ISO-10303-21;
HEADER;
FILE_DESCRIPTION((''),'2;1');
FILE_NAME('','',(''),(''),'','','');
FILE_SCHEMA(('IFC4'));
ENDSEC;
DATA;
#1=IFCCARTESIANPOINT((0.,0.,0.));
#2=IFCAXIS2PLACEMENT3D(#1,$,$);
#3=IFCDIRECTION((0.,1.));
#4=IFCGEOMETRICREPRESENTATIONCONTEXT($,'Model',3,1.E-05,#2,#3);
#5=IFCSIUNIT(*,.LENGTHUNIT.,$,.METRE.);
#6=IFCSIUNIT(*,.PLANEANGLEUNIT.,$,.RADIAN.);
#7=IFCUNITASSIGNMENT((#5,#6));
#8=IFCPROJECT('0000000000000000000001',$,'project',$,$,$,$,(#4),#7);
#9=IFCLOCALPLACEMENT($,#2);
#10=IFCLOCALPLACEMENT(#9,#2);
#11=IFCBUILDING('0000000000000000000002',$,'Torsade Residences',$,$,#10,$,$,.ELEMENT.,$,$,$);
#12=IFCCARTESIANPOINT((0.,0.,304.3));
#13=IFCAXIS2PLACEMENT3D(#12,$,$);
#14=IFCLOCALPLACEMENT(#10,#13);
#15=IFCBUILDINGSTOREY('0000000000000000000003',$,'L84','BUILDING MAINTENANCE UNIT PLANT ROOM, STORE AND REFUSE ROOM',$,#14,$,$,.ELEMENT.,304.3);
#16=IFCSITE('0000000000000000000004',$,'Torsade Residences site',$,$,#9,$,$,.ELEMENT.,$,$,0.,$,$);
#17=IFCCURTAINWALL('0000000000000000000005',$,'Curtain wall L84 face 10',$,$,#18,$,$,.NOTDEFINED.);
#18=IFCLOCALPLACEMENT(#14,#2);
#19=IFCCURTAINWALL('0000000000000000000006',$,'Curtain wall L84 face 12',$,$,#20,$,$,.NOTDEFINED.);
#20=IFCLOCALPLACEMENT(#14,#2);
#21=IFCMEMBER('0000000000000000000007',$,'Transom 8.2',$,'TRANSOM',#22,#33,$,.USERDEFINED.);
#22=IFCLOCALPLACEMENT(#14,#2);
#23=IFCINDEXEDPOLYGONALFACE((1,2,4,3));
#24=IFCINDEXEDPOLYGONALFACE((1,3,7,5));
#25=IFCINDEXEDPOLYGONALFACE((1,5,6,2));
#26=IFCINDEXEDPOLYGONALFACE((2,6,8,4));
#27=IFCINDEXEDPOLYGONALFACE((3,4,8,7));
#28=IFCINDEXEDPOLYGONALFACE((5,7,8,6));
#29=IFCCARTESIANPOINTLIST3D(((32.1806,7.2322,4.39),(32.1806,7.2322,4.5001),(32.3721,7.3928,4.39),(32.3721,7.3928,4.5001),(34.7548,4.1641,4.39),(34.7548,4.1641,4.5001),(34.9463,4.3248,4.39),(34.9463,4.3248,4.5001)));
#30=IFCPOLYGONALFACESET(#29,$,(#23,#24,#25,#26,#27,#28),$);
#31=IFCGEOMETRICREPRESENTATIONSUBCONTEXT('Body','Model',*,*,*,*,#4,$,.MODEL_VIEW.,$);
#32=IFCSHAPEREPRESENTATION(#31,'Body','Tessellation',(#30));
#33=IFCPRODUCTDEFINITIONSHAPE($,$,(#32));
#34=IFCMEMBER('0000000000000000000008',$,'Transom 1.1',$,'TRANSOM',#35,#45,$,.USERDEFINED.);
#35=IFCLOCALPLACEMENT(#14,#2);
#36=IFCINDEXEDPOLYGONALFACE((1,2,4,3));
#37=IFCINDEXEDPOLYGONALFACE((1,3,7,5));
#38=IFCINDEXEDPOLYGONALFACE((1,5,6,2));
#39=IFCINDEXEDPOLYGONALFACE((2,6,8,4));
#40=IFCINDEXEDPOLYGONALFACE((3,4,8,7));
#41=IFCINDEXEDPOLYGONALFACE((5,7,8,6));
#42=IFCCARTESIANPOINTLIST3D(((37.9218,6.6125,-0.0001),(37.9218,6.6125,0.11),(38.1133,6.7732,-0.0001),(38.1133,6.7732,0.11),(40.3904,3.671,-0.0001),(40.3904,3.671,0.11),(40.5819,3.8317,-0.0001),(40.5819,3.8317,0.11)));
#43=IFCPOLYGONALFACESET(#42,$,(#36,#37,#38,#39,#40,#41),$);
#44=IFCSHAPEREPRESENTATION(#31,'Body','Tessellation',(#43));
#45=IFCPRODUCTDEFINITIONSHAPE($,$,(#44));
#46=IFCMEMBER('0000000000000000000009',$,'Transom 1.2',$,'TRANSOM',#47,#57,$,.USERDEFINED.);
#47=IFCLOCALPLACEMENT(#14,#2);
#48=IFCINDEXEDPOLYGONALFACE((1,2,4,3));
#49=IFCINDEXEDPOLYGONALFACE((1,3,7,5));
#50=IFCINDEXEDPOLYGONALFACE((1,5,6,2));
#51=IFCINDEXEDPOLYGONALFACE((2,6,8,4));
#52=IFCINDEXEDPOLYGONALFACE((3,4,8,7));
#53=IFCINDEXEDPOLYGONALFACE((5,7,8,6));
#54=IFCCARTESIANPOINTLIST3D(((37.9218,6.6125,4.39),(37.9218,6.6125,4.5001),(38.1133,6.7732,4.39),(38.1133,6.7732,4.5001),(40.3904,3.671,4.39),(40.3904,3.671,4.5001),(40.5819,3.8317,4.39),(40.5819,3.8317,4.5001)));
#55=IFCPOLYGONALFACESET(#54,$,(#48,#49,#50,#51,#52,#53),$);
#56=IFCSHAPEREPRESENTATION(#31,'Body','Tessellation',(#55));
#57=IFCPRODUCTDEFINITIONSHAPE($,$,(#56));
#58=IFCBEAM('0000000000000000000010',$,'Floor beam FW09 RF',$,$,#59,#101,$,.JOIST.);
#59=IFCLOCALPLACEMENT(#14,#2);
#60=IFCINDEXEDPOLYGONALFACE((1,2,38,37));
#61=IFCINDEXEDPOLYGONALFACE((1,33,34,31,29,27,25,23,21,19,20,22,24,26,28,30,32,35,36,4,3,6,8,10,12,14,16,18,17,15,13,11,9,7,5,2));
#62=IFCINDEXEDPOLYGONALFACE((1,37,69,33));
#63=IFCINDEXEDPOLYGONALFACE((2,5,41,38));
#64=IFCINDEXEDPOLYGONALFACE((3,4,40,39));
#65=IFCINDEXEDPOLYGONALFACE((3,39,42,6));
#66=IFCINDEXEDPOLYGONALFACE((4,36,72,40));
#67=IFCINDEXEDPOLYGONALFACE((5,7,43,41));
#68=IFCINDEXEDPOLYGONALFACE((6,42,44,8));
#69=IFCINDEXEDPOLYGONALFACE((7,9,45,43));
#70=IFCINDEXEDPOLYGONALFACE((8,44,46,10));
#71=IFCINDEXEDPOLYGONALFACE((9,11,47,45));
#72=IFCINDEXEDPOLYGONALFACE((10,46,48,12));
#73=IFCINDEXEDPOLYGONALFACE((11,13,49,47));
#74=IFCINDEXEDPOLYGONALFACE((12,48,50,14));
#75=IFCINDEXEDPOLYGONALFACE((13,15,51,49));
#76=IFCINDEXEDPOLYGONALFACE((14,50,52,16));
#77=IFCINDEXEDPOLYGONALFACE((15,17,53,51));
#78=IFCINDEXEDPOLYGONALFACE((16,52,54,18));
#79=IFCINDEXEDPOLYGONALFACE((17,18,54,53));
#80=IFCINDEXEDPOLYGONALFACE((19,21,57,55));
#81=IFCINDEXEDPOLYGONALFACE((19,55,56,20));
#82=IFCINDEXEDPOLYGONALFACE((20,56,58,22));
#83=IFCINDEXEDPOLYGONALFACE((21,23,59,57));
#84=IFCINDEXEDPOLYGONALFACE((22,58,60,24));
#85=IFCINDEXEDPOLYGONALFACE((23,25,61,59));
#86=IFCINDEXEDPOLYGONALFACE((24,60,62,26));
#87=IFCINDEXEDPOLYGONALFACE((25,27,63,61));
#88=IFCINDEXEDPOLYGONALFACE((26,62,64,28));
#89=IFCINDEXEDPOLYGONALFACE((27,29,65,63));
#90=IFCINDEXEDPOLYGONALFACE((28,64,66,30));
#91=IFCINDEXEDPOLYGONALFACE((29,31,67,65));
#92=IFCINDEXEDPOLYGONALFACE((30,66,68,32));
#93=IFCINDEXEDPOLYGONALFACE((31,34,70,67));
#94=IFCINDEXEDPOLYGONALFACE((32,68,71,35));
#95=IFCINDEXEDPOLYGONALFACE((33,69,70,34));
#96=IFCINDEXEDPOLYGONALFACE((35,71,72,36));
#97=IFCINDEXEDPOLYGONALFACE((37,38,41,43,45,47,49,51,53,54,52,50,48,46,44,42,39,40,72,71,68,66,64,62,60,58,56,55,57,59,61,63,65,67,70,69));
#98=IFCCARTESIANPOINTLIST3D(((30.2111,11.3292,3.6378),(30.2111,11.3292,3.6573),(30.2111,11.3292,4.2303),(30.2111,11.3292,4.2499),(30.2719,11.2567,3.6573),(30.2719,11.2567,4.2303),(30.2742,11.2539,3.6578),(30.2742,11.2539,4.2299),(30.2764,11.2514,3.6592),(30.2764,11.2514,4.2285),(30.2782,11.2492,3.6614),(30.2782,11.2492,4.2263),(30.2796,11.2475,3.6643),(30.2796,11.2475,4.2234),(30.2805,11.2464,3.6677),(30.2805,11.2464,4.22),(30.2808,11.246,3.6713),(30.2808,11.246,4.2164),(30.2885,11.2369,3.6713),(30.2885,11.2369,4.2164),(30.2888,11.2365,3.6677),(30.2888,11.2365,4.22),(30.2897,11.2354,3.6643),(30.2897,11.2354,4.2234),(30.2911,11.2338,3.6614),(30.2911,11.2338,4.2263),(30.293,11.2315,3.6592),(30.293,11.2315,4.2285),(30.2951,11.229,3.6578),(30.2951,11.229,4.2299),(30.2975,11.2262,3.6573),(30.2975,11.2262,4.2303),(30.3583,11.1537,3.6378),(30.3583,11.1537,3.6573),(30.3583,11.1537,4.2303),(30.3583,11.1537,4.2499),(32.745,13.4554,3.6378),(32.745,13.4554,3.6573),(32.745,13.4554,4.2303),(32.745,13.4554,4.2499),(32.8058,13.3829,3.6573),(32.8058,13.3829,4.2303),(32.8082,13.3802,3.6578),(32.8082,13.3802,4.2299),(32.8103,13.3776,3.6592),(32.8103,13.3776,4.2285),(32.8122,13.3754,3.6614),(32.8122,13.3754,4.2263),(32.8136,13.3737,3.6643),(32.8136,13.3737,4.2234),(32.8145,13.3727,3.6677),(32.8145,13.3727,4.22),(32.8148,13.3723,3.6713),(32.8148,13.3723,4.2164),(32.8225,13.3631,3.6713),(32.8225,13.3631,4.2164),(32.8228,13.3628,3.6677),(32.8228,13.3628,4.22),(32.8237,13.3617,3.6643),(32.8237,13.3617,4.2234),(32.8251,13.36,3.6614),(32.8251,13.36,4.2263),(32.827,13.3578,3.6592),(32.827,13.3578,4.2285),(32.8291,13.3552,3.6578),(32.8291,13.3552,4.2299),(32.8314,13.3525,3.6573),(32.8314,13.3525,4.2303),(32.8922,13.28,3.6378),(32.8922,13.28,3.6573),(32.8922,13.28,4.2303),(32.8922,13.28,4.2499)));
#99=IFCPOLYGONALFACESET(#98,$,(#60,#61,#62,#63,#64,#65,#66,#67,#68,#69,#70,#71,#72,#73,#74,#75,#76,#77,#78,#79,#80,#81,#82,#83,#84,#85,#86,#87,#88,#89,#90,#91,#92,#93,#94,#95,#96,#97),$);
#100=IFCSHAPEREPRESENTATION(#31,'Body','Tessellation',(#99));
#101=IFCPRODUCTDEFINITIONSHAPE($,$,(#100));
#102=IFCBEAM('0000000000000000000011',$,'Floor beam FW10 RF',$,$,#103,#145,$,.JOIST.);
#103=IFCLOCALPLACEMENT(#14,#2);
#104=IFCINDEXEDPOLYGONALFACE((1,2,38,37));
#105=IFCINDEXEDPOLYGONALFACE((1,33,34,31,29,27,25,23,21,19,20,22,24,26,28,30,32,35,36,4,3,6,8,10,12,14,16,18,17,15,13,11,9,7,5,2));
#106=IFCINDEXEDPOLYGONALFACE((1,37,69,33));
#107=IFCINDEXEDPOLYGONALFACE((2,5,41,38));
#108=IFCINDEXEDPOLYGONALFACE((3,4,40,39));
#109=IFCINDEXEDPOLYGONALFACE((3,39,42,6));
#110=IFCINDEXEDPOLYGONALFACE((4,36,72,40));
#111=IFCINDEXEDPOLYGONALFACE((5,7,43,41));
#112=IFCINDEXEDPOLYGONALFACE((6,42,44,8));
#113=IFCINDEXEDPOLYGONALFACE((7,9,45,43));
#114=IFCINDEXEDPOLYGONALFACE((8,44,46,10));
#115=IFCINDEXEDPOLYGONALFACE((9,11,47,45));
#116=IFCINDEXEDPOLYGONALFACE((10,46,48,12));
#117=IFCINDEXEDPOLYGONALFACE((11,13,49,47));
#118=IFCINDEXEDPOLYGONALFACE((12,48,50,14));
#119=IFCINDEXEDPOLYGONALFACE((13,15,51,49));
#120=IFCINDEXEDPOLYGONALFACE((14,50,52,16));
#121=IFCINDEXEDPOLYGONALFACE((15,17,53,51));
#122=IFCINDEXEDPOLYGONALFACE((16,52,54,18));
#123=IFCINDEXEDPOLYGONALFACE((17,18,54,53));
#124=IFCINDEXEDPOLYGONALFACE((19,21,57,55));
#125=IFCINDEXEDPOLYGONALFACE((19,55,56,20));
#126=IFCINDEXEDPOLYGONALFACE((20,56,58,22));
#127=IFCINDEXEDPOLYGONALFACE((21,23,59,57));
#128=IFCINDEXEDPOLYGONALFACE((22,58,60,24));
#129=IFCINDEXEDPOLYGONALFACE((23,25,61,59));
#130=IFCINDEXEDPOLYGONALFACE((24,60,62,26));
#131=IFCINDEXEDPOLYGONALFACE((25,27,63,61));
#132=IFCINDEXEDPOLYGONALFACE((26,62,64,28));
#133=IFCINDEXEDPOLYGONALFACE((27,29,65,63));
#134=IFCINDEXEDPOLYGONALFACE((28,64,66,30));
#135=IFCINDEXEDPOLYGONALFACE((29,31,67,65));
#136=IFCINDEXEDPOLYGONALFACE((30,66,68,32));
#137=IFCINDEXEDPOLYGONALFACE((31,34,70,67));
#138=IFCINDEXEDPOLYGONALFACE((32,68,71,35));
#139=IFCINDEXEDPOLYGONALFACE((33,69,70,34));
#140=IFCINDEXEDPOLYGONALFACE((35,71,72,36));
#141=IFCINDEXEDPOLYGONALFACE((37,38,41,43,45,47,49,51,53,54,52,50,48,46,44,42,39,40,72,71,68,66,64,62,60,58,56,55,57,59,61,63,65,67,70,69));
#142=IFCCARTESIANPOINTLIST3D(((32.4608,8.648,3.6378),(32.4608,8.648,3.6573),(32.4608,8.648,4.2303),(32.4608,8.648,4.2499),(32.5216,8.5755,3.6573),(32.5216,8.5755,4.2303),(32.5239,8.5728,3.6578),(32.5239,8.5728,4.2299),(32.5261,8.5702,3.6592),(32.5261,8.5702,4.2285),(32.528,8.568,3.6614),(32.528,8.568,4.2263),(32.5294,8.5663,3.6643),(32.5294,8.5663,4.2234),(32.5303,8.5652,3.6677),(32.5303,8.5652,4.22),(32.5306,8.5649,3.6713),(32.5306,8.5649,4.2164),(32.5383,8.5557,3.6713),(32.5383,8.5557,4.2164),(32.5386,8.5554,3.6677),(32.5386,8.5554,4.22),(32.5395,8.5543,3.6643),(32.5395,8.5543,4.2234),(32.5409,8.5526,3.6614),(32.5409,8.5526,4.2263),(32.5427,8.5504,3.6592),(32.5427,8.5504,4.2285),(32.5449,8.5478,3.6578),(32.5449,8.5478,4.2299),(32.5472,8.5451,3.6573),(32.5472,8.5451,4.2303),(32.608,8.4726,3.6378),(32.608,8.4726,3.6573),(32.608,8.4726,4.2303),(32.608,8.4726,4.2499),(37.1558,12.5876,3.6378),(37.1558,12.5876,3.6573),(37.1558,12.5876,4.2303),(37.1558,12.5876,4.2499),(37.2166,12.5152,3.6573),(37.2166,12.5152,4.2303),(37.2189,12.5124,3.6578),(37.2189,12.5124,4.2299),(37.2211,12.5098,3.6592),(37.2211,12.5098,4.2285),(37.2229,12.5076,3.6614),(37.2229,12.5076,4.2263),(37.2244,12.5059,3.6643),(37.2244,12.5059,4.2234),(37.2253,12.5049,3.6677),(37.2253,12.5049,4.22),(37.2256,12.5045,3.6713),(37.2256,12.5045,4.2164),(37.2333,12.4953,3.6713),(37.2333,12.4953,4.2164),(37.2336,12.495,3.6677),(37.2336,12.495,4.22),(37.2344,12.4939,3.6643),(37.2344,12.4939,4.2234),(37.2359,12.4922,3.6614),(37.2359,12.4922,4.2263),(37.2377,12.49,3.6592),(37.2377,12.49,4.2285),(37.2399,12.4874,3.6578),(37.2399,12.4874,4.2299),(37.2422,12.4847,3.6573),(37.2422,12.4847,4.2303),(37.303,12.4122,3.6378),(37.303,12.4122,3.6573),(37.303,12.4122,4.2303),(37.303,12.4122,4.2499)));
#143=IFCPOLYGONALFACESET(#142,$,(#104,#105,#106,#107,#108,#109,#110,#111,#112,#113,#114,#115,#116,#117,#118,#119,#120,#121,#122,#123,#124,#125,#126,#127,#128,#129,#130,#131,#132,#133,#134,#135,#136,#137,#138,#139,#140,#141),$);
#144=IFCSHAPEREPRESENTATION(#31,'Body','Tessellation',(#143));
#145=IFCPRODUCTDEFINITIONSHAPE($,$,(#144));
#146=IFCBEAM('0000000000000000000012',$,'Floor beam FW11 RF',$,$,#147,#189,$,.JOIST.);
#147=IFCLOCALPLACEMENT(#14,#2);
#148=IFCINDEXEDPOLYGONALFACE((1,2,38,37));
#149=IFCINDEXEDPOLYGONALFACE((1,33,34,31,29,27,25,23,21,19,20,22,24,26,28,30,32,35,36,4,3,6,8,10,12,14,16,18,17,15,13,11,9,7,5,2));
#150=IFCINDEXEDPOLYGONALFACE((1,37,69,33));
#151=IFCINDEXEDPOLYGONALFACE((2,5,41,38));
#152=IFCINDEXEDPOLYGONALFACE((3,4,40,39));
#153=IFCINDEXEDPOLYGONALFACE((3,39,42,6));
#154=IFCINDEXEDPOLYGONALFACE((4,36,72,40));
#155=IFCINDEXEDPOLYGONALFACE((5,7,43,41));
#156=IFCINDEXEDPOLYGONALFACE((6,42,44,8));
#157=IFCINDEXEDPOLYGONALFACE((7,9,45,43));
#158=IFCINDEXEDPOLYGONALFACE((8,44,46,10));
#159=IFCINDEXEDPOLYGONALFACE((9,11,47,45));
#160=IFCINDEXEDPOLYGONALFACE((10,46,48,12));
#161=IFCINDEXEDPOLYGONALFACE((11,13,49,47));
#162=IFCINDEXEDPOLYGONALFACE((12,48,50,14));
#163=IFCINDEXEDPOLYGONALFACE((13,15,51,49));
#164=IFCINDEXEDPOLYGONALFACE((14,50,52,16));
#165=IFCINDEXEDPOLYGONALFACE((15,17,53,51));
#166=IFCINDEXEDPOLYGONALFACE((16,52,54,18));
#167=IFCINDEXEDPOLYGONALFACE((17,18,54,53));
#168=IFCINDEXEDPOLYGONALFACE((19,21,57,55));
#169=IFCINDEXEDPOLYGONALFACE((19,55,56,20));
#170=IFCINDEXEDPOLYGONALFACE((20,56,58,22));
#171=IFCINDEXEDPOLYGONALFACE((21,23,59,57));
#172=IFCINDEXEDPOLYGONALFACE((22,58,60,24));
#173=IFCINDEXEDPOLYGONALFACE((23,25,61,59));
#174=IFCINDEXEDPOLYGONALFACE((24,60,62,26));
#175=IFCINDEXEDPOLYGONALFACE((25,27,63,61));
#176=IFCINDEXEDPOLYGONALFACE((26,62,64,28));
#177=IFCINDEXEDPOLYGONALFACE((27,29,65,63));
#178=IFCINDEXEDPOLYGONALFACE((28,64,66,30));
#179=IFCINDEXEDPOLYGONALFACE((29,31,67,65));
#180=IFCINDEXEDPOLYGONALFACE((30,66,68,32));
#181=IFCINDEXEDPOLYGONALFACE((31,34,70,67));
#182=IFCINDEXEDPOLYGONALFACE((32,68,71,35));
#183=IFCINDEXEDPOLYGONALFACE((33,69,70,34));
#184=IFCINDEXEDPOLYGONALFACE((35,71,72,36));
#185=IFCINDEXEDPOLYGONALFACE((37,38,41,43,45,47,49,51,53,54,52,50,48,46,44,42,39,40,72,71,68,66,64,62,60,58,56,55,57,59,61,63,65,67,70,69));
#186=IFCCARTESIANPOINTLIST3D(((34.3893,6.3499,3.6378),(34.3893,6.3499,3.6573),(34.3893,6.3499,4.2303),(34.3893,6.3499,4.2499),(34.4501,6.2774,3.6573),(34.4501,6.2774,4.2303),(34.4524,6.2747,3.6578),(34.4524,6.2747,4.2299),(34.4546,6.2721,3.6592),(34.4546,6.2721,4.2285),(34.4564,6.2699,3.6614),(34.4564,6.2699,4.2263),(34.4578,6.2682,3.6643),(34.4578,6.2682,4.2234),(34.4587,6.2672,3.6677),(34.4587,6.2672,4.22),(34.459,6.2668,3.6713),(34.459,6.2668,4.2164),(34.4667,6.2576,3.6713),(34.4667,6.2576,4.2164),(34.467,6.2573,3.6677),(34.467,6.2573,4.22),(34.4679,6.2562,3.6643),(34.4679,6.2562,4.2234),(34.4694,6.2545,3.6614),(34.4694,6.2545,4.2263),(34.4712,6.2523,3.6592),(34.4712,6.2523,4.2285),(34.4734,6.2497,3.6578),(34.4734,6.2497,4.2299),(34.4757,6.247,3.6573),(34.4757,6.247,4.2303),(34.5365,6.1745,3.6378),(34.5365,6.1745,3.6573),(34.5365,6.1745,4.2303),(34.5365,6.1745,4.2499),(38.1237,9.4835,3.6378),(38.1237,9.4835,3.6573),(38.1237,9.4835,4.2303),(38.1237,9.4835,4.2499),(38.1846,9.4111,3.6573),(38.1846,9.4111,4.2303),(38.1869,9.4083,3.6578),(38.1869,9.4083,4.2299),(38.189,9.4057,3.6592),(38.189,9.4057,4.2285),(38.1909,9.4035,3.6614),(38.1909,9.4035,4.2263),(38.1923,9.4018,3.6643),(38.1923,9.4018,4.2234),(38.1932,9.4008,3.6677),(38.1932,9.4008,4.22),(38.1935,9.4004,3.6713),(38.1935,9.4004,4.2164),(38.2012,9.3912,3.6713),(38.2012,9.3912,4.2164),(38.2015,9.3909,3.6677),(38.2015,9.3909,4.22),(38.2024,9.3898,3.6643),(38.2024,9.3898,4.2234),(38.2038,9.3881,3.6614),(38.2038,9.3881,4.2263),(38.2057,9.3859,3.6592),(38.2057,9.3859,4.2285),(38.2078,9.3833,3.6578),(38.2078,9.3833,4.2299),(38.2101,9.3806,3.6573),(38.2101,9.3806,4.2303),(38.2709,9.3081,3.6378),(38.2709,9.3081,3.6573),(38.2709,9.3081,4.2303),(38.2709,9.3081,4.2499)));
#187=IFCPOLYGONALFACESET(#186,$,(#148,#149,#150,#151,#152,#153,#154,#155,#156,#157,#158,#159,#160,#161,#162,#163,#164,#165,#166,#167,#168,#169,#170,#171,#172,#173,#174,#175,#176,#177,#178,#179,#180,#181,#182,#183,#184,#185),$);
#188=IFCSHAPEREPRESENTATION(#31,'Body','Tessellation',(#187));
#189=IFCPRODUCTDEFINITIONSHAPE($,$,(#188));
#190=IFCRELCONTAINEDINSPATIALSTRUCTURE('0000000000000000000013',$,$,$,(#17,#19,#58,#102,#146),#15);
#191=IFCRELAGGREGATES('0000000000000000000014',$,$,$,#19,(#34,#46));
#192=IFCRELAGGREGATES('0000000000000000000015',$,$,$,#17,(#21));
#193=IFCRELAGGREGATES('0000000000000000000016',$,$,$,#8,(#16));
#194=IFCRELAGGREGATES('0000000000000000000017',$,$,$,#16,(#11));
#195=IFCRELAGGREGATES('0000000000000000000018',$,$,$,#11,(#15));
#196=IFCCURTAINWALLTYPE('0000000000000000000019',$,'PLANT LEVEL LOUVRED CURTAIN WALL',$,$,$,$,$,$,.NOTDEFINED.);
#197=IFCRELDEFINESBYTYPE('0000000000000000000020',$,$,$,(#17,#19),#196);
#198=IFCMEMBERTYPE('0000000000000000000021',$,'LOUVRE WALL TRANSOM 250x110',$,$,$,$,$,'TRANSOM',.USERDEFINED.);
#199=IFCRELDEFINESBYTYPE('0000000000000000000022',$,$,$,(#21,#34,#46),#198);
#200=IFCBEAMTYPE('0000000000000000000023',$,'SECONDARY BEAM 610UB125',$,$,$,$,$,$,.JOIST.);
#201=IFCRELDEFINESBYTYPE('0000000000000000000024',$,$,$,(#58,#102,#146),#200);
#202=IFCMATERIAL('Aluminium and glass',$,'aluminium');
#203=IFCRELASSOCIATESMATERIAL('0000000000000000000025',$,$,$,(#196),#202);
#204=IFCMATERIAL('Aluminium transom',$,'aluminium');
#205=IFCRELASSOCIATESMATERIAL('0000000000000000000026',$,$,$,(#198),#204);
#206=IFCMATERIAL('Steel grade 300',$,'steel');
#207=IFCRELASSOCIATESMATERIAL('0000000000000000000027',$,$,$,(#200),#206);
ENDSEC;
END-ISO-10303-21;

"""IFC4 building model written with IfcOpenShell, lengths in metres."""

from ifc_helpers import new_model, si_unit, direction, frame, origin, origin_2d, place, context, subcontext, project, spatial, rectangle, i_section, extrude, material, material_profile, profile_set, type_object, element, aggregate, save


model = new_model("IFC4")

# Units and contexts
model_context = context("Model", 3, precision=1e-05, world=origin(), true_north=direction((0.0, 1.0)))
body_context = subcontext(model_context, "Body", "Model", "MODEL_VIEW")
ifc_project = project(units=[si_unit("LENGTHUNIT", "METRE"), si_unit("PLANEANGLEUNIT", "RADIAN")], contexts=[model_context])

# Site, building, storey
site_placement = place(None, origin())
site = spatial("IfcSite", under=ifc_project, at=site_placement, Name="Torsade Residences site", CompositionType="ELEMENT", RefElevation=0.0)
building_placement = place(site_placement, origin())
building = spatial("IfcBuilding", under=site, at=building_placement, Name="Torsade Residences", CompositionType="ELEMENT")
storey_placement = place(building_placement, frame((0.0, 0.0, 304.3)))
storey = spatial("IfcBuildingStorey", under=building, at=storey_placement, Name="L84", Description="BUILDING MAINTENANCE UNIT PLANT ROOM, STORE AND REFUSE ROOM", CompositionType="ELEMENT", Elevation=304.3)

# Curtain wall
ifc_material_1 = material(Name="Aluminium and glass", Category="aluminium")
curtain_wall_type = type_object("IfcCurtainWallType", Name="PLANT LEVEL LOUVRED CURTAIN WALL", PredefinedType="NOTDEFINED", material=ifc_material_1)
curtain_wall_1_placement = place(storey_placement, origin())
curtain_wall_1 = element("IfcCurtainWall", 1, at=curtain_wall_1_placement, inside=storey, type_object=curtain_wall_type, Name="Curtain wall L84 face 10", PredefinedType="NOTDEFINED")

# Curtain wall
curtain_wall_2_placement = place(storey_placement, origin())
curtain_wall_2 = element("IfcCurtainWall", 2, at=curtain_wall_2_placement, inside=storey, type_object=curtain_wall_type, Name="Curtain wall L84 face 12", PredefinedType="NOTDEFINED")

# Members
ifc_material_2 = material(Name="Aluminium transom", Category="aluminium")
ifc_material_profile_1 = material_profile(ifc_material_2, rectangle(XDim=0.25, YDim=0.1101, at=origin_2d()), Name="LOUVRE WALL TRANSOM 250x110")
ifc_profile_set_1 = profile_set([ifc_material_profile_1], Name="Aluminium transom")
member_type_1 = type_object("IfcMemberType", Name="LOUVRE WALL TRANSOM 250x110", ElementType="TRANSOM", PredefinedType="USERDEFINED", material=ifc_profile_set_1)
member_1_placement = place(storey_placement, frame((32.2764, 7.3125, 4.4451), z_axis=(0.642753, -0.766073, 0.0), x_axis=(0.766073, 0.642753, 0.0)))
member_1 = element("IfcMember", 3, at=member_1_placement, type_object=member_type_1, Name="Transom 8.2", ObjectType="TRANSOM", PredefinedType="USERDEFINED", context=body_context, shape_type="SweptSolid", body=[
    extrude(rectangle(XDim=0.25, YDim=0.1101, at=origin_2d()), origin(), (0.0, 0.0, 1.0), 4.0049),
])
member_2_placement = place(storey_placement, frame((38.0176, 6.6929, 0.0549), z_axis=(0.642845, -0.765997, 0.0), x_axis=(0.765997, 0.642845, 0.0)))
member_2 = element("IfcMember", 4, at=member_2_placement, type_object=member_type_1, Name="Transom 1.1", ObjectType="TRANSOM", PredefinedType="USERDEFINED", context=body_context, shape_type="SweptSolid", body=[
    extrude(rectangle(XDim=0.25, YDim=0.1101, at=origin_2d()), origin(), (0.0, 0.0, 1.0), 3.8401),
])
member_3_placement = place(storey_placement, frame((38.0176, 6.6929, 4.4451), z_axis=(0.642845, -0.765997, 0.0), x_axis=(0.765997, 0.642845, 0.0)))
member_3 = element("IfcMember", 5, at=member_3_placement, type_object=member_type_1, Name="Transom 1.2", ObjectType="TRANSOM", PredefinedType="USERDEFINED", context=body_context, shape_type="SweptSolid", body=[
    extrude(rectangle(XDim=0.25, YDim=0.1101, at=origin_2d()), origin(), (0.0, 0.0, 1.0), 3.8401),
])
aggregate(curtain_wall_2, [member_2, member_3])

# Beams
ifc_material_3 = material(Name="Steel grade 300", Category="steel")
ifc_material_profile_2 = material_profile(ifc_material_3, i_section(OverallWidth=0.229, OverallDepth=0.6121, WebThickness=0.012, FlangeThickness=0.0195, FilletRadius=0.0139, at=origin_2d()), Name="610UB125")
ifc_profile_set_2 = profile_set([ifc_material_profile_2], Name="Steel grade 300")
beam_type_1 = type_object("IfcBeamType", Name="SECONDARY BEAM 610UB125", PredefinedType="JOIST", material=ifc_profile_set_2)
beam_1_placement = place(storey_placement, frame((30.2847, 11.2415, 3.9438), z_axis=(0.766045, 0.642787, 0.0), x_axis=(-0.642787, 0.766045, 0.0)))
element("IfcBeam", 6, at=beam_1_placement, inside=storey, type_object=beam_type_1, Name="Floor beam FW09 RF", PredefinedType="JOIST", context=body_context, shape_type="SweptSolid", body=[
    extrude(i_section(OverallWidth=0.229, OverallDepth=0.6121, WebThickness=0.012, FlangeThickness=0.0195, FilletRadius=0.0139, at=origin_2d()), origin(), (0.0, 0.0, 1.0), 3.3079),
])
beam_2_placement = place(storey_placement, frame((32.5344, 8.5603, 3.9438), z_axis=(0.766039, 0.642794, 0.0), x_axis=(-0.642794, 0.766039, 0.0)))
element("IfcBeam", 7, at=beam_2_placement, inside=storey, type_object=beam_type_1, Name="Floor beam FW10 RF", PredefinedType="JOIST", context=body_context, shape_type="SweptSolid", body=[
    extrude(i_section(OverallWidth=0.229, OverallDepth=0.6121, WebThickness=0.012, FlangeThickness=0.0195, FilletRadius=0.0139, at=origin_2d()), origin(), (0.0, 0.0, 1.0), 6.1289),
])
beam_3_placement = place(storey_placement, frame((34.4629, 6.2622, 3.9438), z_axis=(0.766041, 0.642791, 0.0), x_axis=(-0.642791, 0.766041, 0.0)))
element("IfcBeam", 8, at=beam_3_placement, inside=storey, type_object=beam_type_1, Name="Floor beam FW11 RF", PredefinedType="JOIST", context=body_context, shape_type="SweptSolid", body=[
    extrude(i_section(OverallWidth=0.229, OverallDepth=0.6121, WebThickness=0.012, FlangeThickness=0.0195, FilletRadius=0.0139, at=origin_2d()), origin(), (0.0, 0.0, 1.0), 4.875),
])

aggregate(curtain_wall_1, [member_1])

save(model, "model.ifc")
